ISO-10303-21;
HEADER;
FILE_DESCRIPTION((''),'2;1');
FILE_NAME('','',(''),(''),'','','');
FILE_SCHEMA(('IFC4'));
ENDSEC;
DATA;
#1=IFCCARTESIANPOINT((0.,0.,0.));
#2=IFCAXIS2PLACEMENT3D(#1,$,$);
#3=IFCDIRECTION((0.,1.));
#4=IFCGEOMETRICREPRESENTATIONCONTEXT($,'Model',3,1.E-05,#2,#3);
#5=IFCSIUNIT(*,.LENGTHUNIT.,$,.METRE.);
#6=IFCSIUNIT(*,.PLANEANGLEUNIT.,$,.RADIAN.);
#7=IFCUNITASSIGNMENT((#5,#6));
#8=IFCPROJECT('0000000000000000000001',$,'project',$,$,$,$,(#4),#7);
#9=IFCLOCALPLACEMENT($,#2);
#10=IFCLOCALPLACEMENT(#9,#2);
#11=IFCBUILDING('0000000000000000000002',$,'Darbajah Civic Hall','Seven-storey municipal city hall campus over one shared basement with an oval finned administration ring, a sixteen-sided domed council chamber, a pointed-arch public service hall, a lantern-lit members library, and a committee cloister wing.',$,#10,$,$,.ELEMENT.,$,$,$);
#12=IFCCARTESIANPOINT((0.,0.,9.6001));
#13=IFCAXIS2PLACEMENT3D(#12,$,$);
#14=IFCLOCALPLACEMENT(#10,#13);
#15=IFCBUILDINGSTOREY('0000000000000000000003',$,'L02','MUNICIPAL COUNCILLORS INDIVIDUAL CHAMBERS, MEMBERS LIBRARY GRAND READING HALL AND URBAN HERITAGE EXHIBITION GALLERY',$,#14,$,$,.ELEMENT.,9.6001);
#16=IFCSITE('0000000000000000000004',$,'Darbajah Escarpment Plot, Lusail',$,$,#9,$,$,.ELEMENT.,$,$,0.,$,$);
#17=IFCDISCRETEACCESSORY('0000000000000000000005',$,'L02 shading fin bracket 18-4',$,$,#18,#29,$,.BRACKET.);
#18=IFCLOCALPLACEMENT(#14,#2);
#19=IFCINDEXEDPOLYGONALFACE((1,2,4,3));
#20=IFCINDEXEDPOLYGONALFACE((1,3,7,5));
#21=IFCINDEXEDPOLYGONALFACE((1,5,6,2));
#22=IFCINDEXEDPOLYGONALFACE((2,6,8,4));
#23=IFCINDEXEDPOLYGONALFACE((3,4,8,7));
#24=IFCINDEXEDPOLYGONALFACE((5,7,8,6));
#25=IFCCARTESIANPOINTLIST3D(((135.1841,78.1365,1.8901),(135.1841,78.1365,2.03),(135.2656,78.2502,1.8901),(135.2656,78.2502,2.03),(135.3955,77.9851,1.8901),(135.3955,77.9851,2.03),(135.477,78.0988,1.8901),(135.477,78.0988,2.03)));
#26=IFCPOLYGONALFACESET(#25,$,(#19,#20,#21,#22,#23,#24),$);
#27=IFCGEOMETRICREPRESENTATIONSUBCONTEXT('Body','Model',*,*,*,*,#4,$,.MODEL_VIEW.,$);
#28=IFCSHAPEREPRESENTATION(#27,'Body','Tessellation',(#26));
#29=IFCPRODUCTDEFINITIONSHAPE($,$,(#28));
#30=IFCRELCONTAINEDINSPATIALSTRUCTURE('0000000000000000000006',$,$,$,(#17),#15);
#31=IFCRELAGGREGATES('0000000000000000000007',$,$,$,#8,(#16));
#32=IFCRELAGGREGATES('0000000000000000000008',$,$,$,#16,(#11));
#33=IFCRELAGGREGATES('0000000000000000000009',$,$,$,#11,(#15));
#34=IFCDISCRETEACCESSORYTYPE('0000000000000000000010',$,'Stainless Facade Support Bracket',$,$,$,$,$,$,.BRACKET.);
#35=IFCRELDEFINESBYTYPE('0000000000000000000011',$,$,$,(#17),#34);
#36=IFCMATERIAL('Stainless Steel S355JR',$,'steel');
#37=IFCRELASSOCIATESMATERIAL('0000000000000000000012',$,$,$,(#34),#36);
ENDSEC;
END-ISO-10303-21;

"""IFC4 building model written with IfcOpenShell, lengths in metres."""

from ifc_helpers import new_model, si_unit, direction, frame, origin, origin_2d, place, context, subcontext, project, spatial, rectangle, extrude, material, type_object, element, save


model = new_model("IFC4")

# Units and contexts
model_context = context("Model", 3, precision=1e-05, world=origin(), true_north=direction((0.0, 1.0)))
body_context = subcontext(model_context, "Body", "Model", "MODEL_VIEW")
ifc_project = project(units=[si_unit("LENGTHUNIT", "METRE"), si_unit("PLANEANGLEUNIT", "RADIAN")], contexts=[model_context])

# Site, building, storey
site_placement = place(None, origin())
site = spatial("IfcSite", under=ifc_project, at=site_placement, Name="Darbajah Escarpment Plot, Lusail", CompositionType="ELEMENT", RefElevation=0.0)
building_placement = place(site_placement, origin())
building = spatial("IfcBuilding", under=site, at=building_placement, Name="Darbajah Civic Hall", Description="Seven-storey municipal city hall campus over one shared basement with an oval finned administration ring, a sixteen-sided domed council chamber, a pointed-arch public service hall, a lantern-lit members library, and a committee cloister wing.", CompositionType="ELEMENT")
storey_placement = place(building_placement, frame((0.0, 0.0, 9.6001)))
storey = spatial("IfcBuildingStorey", under=building, at=storey_placement, Name="L02", Description="MUNICIPAL COUNCILLORS INDIVIDUAL CHAMBERS, MEMBERS LIBRARY GRAND READING HALL AND URBAN HERITAGE EXHIBITION GALLERY", CompositionType="ELEMENT", Elevation=9.6001)

# Discrete accessory
ifc_material_1 = material(Name="Stainless Steel S355JR", Category="steel")
discrete_accessory_type = type_object("IfcDiscreteAccessoryType", Name="Stainless Facade Support Bracket", PredefinedType="BRACKET", material=ifc_material_1)
for number, where, z_axis, x_axis, name in (
    (1, (135.3306, 78.1177, 1.8901), (0.0, 0.0, 1.0), (0.812999, -0.582265, 0.0), "L02 shading fin bracket 18-4"),
):
    element("IfcDiscreteAccessory", number, at=place(storey_placement, frame(where, z_axis=z_axis, x_axis=x_axis)), inside=storey, type_object=discrete_accessory_type, Name=name, PredefinedType="BRACKET", context=body_context, shape_type="SweptSolid", body=[
        extrude(rectangle(XDim=0.26, YDim=0.1399, at=origin_2d()), origin(), (0.0, 0.0, 1.0), 0.1399),
    ])

save(model, "model.ifc")
